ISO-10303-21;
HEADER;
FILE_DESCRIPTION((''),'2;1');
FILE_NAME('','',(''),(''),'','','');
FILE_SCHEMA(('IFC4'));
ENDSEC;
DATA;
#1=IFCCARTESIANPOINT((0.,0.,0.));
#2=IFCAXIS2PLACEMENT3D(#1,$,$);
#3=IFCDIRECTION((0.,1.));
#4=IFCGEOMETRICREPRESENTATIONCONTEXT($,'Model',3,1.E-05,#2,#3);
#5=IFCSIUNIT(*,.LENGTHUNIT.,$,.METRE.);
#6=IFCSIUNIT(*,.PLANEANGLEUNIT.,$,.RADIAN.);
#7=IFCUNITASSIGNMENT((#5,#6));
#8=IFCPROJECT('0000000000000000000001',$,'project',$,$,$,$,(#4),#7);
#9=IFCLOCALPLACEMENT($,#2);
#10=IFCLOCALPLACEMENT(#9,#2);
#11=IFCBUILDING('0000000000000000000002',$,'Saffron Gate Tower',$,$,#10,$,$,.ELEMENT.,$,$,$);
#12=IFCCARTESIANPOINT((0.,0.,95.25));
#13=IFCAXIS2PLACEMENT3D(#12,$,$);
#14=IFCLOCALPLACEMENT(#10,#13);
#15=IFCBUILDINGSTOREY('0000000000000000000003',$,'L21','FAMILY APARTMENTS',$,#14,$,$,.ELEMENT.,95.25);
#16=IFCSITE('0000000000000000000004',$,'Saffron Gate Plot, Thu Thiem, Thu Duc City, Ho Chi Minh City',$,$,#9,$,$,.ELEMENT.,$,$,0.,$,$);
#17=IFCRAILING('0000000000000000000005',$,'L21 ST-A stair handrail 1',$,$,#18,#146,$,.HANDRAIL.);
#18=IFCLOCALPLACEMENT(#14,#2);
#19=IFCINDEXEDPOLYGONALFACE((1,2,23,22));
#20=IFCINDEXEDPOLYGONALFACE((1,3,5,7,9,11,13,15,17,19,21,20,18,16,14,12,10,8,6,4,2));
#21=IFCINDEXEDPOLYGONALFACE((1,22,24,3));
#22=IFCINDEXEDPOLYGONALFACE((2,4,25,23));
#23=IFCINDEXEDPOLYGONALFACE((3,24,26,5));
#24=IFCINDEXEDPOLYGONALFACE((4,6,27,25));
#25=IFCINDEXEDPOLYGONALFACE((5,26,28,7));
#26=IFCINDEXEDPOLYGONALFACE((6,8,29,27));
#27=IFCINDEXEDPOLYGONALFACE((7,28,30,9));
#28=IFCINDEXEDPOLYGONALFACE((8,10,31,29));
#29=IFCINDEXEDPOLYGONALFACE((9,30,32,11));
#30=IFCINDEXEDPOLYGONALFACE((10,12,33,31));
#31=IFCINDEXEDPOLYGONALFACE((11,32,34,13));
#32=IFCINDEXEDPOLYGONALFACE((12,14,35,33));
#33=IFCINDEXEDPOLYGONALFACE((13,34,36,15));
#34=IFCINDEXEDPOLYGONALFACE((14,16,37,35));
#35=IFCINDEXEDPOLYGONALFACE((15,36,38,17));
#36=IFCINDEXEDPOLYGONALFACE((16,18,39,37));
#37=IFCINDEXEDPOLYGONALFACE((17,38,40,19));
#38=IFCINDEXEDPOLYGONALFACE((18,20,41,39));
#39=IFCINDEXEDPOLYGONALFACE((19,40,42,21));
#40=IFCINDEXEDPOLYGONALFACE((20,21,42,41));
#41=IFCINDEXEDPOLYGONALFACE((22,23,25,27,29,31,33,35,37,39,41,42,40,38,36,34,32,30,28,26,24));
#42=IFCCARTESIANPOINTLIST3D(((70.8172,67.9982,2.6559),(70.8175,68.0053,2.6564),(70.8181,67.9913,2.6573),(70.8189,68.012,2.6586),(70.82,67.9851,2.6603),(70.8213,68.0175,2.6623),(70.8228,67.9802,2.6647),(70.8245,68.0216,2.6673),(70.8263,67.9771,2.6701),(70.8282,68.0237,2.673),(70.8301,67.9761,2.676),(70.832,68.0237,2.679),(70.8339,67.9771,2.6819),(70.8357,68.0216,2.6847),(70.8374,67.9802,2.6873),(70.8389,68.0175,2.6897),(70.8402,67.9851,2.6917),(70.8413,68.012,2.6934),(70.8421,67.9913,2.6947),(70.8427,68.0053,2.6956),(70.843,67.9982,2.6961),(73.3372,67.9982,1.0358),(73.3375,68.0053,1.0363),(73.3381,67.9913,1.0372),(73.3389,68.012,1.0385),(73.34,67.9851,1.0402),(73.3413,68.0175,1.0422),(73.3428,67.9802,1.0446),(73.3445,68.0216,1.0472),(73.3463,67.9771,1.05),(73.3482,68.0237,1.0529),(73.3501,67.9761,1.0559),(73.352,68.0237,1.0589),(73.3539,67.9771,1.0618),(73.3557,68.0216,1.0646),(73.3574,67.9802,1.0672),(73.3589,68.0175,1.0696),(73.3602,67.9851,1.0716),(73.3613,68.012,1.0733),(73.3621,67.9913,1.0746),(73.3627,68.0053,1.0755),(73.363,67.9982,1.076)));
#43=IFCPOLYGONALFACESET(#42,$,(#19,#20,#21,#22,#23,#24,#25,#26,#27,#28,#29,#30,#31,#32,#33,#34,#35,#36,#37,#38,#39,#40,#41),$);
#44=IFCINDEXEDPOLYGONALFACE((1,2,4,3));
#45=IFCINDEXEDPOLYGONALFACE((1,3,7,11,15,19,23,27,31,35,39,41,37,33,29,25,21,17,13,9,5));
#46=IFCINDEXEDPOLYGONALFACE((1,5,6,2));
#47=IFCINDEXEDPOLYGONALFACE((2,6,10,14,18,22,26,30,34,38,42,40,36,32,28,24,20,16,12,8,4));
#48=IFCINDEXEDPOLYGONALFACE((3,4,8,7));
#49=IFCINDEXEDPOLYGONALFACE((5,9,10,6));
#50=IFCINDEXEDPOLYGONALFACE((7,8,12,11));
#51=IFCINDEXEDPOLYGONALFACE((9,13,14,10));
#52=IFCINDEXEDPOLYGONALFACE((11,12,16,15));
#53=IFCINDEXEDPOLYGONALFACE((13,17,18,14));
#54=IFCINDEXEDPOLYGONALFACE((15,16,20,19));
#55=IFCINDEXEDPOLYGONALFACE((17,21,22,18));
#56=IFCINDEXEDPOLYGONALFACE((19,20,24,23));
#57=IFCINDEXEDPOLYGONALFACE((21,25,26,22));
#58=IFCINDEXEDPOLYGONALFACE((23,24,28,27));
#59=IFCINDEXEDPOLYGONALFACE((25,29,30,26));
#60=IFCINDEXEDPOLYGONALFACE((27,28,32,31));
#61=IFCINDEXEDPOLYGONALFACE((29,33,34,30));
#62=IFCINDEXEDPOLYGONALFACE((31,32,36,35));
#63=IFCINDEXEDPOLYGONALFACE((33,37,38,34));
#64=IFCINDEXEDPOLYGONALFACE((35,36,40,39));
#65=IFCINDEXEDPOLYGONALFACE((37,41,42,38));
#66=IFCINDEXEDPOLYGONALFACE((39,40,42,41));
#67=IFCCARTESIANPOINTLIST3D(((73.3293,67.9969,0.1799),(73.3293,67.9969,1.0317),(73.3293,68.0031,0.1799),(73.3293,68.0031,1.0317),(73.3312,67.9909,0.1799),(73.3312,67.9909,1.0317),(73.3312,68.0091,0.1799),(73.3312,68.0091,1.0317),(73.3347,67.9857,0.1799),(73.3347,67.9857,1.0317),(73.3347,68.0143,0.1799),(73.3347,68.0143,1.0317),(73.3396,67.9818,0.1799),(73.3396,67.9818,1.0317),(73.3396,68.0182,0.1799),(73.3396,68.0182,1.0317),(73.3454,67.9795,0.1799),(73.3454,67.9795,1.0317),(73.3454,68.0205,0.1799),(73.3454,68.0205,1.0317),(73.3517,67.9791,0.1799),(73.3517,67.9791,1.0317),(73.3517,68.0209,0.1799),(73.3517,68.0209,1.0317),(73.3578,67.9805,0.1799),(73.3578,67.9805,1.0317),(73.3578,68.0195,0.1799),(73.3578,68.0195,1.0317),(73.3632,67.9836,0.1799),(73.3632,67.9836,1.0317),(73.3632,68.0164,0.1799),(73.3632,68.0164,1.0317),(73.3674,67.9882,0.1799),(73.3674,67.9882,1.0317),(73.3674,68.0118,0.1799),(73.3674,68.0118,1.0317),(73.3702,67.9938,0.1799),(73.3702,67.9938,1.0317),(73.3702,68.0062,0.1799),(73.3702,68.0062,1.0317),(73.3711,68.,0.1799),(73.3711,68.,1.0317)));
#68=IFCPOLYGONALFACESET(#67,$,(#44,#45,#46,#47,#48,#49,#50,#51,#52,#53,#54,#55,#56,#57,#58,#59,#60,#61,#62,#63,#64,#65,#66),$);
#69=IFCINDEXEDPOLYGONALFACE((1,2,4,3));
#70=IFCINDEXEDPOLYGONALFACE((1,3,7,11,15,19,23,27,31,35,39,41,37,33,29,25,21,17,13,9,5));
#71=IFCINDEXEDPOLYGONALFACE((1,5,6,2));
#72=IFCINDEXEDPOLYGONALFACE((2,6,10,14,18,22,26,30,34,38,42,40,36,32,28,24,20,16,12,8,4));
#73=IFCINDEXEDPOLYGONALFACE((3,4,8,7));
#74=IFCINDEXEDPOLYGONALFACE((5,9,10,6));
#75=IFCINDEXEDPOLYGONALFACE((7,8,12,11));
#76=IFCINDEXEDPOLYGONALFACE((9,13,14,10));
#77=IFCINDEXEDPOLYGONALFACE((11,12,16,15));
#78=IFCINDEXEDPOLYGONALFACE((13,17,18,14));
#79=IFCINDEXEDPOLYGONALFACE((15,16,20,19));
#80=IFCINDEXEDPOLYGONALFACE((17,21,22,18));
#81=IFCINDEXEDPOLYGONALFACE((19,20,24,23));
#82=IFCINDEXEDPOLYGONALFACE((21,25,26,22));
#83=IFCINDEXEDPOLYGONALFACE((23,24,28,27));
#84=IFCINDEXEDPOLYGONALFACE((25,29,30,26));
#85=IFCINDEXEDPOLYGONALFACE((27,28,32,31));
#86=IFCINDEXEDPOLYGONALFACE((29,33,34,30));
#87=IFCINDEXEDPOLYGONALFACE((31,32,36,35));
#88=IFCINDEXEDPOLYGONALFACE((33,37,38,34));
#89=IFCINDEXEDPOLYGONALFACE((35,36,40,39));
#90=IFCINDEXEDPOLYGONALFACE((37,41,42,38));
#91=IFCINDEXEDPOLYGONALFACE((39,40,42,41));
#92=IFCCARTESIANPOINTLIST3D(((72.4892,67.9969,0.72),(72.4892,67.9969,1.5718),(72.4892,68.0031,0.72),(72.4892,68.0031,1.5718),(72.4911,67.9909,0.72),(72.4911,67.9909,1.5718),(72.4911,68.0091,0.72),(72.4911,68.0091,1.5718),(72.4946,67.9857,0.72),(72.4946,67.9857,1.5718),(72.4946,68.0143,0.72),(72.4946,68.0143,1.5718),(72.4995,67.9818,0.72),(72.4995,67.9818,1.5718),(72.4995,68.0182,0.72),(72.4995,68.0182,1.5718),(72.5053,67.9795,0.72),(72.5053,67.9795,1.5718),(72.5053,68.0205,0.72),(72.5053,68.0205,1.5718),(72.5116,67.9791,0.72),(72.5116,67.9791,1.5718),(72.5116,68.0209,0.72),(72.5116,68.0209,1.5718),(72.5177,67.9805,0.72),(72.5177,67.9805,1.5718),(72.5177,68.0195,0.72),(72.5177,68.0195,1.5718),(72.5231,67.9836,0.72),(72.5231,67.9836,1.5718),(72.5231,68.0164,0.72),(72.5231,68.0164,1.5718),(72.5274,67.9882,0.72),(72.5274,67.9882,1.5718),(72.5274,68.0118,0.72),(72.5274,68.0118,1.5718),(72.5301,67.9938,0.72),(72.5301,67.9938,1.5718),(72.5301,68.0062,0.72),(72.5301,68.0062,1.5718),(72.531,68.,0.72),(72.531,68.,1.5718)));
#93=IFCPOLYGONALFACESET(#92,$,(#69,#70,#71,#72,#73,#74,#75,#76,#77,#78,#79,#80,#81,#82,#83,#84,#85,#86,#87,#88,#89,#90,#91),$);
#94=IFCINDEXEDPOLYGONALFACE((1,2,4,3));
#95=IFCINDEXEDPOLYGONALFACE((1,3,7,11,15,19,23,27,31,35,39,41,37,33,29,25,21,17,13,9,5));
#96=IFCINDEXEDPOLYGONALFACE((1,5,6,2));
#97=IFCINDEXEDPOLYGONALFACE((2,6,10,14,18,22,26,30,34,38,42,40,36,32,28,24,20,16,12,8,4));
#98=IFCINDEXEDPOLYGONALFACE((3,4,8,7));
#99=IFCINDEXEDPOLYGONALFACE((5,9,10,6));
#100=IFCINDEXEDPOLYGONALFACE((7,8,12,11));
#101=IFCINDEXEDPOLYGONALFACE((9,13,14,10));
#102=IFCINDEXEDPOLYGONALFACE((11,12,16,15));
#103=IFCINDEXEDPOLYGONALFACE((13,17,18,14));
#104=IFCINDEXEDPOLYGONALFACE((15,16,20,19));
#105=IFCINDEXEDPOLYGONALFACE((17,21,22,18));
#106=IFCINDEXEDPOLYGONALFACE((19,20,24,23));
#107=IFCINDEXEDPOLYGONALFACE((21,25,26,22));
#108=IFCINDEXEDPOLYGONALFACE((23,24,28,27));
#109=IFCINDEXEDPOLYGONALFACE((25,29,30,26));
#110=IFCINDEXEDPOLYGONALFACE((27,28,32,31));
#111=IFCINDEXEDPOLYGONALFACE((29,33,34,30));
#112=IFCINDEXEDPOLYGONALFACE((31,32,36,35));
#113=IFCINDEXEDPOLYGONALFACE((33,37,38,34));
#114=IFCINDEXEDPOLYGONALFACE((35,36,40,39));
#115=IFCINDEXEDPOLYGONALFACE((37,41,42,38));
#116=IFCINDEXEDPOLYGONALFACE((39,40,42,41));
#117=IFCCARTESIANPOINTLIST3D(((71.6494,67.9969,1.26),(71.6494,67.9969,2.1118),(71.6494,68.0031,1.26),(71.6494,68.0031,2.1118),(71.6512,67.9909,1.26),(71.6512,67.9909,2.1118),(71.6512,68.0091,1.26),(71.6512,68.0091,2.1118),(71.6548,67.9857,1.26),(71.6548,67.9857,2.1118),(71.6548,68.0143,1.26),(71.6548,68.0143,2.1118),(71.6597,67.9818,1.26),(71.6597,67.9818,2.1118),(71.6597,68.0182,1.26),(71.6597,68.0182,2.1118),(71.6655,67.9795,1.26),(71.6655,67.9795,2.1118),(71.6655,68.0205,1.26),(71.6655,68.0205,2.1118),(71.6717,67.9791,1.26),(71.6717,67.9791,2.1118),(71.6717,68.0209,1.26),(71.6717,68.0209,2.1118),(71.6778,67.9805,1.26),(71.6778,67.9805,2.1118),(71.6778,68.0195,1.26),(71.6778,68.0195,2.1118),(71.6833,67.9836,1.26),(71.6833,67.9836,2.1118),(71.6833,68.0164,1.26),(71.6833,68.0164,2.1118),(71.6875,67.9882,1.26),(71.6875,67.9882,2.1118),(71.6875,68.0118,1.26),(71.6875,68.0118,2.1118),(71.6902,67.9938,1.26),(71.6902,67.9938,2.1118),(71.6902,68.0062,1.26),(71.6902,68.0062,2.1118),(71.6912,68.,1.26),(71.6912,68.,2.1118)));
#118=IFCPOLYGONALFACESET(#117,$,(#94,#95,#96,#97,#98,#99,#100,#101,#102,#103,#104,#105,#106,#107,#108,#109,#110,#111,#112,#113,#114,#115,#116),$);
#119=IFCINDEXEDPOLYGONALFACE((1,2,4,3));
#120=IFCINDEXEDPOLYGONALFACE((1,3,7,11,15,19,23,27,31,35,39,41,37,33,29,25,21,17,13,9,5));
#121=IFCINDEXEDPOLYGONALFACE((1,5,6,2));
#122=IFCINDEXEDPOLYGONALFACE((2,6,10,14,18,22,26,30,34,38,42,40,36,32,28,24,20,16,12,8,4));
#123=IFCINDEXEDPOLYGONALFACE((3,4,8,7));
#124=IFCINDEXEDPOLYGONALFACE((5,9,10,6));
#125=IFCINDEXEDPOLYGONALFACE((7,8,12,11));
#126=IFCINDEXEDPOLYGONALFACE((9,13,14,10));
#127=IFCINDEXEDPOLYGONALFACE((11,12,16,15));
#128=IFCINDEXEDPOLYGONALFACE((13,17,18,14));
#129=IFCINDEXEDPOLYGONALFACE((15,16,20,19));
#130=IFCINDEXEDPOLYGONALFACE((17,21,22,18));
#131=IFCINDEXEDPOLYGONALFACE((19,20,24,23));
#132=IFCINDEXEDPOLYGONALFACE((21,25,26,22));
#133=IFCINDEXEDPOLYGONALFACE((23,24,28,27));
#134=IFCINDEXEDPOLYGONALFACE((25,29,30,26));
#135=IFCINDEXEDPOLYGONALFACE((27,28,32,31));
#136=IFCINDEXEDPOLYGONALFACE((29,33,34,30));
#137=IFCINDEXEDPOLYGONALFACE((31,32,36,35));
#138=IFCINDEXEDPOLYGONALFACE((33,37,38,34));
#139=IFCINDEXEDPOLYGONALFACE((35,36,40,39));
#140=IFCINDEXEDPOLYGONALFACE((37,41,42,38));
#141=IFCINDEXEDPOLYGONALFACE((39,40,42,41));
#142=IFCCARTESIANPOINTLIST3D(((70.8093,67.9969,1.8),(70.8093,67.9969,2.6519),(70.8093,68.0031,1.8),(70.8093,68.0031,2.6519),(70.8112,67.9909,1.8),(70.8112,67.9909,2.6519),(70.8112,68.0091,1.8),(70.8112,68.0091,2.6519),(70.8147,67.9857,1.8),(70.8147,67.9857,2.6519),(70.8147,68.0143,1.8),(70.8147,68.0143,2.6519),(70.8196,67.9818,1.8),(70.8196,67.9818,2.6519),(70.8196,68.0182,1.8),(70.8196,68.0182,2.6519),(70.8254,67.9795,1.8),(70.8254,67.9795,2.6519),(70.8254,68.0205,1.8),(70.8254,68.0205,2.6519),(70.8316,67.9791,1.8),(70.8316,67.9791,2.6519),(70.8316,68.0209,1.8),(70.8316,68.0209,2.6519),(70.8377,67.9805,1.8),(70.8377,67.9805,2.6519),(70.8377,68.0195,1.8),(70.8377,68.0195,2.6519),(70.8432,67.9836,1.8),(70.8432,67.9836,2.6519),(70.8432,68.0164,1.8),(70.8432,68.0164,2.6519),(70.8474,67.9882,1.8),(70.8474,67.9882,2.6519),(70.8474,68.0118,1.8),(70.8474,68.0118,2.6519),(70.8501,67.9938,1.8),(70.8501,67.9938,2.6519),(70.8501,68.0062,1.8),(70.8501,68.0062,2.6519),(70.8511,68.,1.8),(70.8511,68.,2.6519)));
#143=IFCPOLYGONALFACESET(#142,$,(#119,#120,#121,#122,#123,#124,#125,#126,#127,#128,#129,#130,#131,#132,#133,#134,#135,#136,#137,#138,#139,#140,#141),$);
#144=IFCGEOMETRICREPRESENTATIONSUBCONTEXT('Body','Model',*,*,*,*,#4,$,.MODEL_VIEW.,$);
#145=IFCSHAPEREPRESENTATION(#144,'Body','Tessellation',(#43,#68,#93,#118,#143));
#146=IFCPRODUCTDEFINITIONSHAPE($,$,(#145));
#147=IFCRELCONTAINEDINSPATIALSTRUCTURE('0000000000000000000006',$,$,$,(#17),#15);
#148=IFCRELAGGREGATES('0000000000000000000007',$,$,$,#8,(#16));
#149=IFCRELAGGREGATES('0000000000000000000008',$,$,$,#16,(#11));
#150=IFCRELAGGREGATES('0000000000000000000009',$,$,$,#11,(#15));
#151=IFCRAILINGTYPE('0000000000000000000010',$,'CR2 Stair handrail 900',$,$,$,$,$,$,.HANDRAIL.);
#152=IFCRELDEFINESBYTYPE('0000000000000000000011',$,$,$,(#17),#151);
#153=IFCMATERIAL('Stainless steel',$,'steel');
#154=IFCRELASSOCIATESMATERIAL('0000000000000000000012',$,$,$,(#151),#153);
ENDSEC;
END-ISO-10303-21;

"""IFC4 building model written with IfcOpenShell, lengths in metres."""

from ifc_helpers import new_model, si_unit, direction, frame, origin, origin_2d, place, context, subcontext, project, spatial, circle, extrude, material, type_object, element, save


model = new_model("IFC4")

# Units and contexts
model_context = context("Model", 3, precision=1e-05, world=origin(), true_north=direction((0.0, 1.0)))
body_context = subcontext(model_context, "Body", "Model", "MODEL_VIEW")
ifc_project = project(units=[si_unit("LENGTHUNIT", "METRE"), si_unit("PLANEANGLEUNIT", "RADIAN")], contexts=[model_context])

# Site, building, storey
site_placement = place(None, origin())
site = spatial("IfcSite", under=ifc_project, at=site_placement, Name="Saffron Gate Plot, Thu Thiem, Thu Duc City, Ho Chi Minh City", CompositionType="ELEMENT", RefElevation=0.0)
building_placement = place(site_placement, origin())
building = spatial("IfcBuilding", under=site, at=building_placement, Name="Saffron Gate Tower", CompositionType="ELEMENT")
storey_placement = place(building_placement, frame((0.0, 0.0, 95.25)))
storey = spatial("IfcBuildingStorey", under=building, at=storey_placement, Name="L21", Description="FAMILY APARTMENTS", CompositionType="ELEMENT", Elevation=95.25)

# Railing
ifc_material_1 = material(Name="Stainless steel", Category="steel")
railing_type_1 = type_object("IfcRailingType", Name="CR2 Stair handrail 900", PredefinedType="HANDRAIL", material=ifc_material_1)
railing_1_placement = place(storey_placement, frame((73.3501, 68.0, 0.1799)))
element("IfcRailing", 1, at=railing_1_placement, inside=storey, type_object=railing_type_1, Name="L21 ST-A stair handrail 1", PredefinedType="HANDRAIL", context=body_context, shape_type="SweptSolid", body=[
    extrude(circle(Radius=0.0239, at=origin_2d()), frame((0.0, 0.0, 0.876), z_axis=(-0.841163, 0.0, 0.540782), x_axis=(0.0, -1.0, 0.0)), (0.0, 0.0, 1.0), 2.9958),
    extrude(circle(Radius=0.021, at=origin_2d()), origin(), (0.0, 0.0, 1.0), 0.8518),
    extrude(circle(Radius=0.021, at=origin_2d()), frame((-0.8401, 0.0, 0.54)), (0.0, 0.0, 1.0), 0.8518),
    extrude(circle(Radius=0.021, at=origin_2d()), frame((-1.6799, 0.0, 1.0801)), (0.0, 0.0, 1.0), 0.8518),
    extrude(circle(Radius=0.021, at=origin_2d()), frame((-2.52, 0.0, 1.6201)), (0.0, 0.0, 1.0), 0.8518),
])

save(model, "model.ifc")
